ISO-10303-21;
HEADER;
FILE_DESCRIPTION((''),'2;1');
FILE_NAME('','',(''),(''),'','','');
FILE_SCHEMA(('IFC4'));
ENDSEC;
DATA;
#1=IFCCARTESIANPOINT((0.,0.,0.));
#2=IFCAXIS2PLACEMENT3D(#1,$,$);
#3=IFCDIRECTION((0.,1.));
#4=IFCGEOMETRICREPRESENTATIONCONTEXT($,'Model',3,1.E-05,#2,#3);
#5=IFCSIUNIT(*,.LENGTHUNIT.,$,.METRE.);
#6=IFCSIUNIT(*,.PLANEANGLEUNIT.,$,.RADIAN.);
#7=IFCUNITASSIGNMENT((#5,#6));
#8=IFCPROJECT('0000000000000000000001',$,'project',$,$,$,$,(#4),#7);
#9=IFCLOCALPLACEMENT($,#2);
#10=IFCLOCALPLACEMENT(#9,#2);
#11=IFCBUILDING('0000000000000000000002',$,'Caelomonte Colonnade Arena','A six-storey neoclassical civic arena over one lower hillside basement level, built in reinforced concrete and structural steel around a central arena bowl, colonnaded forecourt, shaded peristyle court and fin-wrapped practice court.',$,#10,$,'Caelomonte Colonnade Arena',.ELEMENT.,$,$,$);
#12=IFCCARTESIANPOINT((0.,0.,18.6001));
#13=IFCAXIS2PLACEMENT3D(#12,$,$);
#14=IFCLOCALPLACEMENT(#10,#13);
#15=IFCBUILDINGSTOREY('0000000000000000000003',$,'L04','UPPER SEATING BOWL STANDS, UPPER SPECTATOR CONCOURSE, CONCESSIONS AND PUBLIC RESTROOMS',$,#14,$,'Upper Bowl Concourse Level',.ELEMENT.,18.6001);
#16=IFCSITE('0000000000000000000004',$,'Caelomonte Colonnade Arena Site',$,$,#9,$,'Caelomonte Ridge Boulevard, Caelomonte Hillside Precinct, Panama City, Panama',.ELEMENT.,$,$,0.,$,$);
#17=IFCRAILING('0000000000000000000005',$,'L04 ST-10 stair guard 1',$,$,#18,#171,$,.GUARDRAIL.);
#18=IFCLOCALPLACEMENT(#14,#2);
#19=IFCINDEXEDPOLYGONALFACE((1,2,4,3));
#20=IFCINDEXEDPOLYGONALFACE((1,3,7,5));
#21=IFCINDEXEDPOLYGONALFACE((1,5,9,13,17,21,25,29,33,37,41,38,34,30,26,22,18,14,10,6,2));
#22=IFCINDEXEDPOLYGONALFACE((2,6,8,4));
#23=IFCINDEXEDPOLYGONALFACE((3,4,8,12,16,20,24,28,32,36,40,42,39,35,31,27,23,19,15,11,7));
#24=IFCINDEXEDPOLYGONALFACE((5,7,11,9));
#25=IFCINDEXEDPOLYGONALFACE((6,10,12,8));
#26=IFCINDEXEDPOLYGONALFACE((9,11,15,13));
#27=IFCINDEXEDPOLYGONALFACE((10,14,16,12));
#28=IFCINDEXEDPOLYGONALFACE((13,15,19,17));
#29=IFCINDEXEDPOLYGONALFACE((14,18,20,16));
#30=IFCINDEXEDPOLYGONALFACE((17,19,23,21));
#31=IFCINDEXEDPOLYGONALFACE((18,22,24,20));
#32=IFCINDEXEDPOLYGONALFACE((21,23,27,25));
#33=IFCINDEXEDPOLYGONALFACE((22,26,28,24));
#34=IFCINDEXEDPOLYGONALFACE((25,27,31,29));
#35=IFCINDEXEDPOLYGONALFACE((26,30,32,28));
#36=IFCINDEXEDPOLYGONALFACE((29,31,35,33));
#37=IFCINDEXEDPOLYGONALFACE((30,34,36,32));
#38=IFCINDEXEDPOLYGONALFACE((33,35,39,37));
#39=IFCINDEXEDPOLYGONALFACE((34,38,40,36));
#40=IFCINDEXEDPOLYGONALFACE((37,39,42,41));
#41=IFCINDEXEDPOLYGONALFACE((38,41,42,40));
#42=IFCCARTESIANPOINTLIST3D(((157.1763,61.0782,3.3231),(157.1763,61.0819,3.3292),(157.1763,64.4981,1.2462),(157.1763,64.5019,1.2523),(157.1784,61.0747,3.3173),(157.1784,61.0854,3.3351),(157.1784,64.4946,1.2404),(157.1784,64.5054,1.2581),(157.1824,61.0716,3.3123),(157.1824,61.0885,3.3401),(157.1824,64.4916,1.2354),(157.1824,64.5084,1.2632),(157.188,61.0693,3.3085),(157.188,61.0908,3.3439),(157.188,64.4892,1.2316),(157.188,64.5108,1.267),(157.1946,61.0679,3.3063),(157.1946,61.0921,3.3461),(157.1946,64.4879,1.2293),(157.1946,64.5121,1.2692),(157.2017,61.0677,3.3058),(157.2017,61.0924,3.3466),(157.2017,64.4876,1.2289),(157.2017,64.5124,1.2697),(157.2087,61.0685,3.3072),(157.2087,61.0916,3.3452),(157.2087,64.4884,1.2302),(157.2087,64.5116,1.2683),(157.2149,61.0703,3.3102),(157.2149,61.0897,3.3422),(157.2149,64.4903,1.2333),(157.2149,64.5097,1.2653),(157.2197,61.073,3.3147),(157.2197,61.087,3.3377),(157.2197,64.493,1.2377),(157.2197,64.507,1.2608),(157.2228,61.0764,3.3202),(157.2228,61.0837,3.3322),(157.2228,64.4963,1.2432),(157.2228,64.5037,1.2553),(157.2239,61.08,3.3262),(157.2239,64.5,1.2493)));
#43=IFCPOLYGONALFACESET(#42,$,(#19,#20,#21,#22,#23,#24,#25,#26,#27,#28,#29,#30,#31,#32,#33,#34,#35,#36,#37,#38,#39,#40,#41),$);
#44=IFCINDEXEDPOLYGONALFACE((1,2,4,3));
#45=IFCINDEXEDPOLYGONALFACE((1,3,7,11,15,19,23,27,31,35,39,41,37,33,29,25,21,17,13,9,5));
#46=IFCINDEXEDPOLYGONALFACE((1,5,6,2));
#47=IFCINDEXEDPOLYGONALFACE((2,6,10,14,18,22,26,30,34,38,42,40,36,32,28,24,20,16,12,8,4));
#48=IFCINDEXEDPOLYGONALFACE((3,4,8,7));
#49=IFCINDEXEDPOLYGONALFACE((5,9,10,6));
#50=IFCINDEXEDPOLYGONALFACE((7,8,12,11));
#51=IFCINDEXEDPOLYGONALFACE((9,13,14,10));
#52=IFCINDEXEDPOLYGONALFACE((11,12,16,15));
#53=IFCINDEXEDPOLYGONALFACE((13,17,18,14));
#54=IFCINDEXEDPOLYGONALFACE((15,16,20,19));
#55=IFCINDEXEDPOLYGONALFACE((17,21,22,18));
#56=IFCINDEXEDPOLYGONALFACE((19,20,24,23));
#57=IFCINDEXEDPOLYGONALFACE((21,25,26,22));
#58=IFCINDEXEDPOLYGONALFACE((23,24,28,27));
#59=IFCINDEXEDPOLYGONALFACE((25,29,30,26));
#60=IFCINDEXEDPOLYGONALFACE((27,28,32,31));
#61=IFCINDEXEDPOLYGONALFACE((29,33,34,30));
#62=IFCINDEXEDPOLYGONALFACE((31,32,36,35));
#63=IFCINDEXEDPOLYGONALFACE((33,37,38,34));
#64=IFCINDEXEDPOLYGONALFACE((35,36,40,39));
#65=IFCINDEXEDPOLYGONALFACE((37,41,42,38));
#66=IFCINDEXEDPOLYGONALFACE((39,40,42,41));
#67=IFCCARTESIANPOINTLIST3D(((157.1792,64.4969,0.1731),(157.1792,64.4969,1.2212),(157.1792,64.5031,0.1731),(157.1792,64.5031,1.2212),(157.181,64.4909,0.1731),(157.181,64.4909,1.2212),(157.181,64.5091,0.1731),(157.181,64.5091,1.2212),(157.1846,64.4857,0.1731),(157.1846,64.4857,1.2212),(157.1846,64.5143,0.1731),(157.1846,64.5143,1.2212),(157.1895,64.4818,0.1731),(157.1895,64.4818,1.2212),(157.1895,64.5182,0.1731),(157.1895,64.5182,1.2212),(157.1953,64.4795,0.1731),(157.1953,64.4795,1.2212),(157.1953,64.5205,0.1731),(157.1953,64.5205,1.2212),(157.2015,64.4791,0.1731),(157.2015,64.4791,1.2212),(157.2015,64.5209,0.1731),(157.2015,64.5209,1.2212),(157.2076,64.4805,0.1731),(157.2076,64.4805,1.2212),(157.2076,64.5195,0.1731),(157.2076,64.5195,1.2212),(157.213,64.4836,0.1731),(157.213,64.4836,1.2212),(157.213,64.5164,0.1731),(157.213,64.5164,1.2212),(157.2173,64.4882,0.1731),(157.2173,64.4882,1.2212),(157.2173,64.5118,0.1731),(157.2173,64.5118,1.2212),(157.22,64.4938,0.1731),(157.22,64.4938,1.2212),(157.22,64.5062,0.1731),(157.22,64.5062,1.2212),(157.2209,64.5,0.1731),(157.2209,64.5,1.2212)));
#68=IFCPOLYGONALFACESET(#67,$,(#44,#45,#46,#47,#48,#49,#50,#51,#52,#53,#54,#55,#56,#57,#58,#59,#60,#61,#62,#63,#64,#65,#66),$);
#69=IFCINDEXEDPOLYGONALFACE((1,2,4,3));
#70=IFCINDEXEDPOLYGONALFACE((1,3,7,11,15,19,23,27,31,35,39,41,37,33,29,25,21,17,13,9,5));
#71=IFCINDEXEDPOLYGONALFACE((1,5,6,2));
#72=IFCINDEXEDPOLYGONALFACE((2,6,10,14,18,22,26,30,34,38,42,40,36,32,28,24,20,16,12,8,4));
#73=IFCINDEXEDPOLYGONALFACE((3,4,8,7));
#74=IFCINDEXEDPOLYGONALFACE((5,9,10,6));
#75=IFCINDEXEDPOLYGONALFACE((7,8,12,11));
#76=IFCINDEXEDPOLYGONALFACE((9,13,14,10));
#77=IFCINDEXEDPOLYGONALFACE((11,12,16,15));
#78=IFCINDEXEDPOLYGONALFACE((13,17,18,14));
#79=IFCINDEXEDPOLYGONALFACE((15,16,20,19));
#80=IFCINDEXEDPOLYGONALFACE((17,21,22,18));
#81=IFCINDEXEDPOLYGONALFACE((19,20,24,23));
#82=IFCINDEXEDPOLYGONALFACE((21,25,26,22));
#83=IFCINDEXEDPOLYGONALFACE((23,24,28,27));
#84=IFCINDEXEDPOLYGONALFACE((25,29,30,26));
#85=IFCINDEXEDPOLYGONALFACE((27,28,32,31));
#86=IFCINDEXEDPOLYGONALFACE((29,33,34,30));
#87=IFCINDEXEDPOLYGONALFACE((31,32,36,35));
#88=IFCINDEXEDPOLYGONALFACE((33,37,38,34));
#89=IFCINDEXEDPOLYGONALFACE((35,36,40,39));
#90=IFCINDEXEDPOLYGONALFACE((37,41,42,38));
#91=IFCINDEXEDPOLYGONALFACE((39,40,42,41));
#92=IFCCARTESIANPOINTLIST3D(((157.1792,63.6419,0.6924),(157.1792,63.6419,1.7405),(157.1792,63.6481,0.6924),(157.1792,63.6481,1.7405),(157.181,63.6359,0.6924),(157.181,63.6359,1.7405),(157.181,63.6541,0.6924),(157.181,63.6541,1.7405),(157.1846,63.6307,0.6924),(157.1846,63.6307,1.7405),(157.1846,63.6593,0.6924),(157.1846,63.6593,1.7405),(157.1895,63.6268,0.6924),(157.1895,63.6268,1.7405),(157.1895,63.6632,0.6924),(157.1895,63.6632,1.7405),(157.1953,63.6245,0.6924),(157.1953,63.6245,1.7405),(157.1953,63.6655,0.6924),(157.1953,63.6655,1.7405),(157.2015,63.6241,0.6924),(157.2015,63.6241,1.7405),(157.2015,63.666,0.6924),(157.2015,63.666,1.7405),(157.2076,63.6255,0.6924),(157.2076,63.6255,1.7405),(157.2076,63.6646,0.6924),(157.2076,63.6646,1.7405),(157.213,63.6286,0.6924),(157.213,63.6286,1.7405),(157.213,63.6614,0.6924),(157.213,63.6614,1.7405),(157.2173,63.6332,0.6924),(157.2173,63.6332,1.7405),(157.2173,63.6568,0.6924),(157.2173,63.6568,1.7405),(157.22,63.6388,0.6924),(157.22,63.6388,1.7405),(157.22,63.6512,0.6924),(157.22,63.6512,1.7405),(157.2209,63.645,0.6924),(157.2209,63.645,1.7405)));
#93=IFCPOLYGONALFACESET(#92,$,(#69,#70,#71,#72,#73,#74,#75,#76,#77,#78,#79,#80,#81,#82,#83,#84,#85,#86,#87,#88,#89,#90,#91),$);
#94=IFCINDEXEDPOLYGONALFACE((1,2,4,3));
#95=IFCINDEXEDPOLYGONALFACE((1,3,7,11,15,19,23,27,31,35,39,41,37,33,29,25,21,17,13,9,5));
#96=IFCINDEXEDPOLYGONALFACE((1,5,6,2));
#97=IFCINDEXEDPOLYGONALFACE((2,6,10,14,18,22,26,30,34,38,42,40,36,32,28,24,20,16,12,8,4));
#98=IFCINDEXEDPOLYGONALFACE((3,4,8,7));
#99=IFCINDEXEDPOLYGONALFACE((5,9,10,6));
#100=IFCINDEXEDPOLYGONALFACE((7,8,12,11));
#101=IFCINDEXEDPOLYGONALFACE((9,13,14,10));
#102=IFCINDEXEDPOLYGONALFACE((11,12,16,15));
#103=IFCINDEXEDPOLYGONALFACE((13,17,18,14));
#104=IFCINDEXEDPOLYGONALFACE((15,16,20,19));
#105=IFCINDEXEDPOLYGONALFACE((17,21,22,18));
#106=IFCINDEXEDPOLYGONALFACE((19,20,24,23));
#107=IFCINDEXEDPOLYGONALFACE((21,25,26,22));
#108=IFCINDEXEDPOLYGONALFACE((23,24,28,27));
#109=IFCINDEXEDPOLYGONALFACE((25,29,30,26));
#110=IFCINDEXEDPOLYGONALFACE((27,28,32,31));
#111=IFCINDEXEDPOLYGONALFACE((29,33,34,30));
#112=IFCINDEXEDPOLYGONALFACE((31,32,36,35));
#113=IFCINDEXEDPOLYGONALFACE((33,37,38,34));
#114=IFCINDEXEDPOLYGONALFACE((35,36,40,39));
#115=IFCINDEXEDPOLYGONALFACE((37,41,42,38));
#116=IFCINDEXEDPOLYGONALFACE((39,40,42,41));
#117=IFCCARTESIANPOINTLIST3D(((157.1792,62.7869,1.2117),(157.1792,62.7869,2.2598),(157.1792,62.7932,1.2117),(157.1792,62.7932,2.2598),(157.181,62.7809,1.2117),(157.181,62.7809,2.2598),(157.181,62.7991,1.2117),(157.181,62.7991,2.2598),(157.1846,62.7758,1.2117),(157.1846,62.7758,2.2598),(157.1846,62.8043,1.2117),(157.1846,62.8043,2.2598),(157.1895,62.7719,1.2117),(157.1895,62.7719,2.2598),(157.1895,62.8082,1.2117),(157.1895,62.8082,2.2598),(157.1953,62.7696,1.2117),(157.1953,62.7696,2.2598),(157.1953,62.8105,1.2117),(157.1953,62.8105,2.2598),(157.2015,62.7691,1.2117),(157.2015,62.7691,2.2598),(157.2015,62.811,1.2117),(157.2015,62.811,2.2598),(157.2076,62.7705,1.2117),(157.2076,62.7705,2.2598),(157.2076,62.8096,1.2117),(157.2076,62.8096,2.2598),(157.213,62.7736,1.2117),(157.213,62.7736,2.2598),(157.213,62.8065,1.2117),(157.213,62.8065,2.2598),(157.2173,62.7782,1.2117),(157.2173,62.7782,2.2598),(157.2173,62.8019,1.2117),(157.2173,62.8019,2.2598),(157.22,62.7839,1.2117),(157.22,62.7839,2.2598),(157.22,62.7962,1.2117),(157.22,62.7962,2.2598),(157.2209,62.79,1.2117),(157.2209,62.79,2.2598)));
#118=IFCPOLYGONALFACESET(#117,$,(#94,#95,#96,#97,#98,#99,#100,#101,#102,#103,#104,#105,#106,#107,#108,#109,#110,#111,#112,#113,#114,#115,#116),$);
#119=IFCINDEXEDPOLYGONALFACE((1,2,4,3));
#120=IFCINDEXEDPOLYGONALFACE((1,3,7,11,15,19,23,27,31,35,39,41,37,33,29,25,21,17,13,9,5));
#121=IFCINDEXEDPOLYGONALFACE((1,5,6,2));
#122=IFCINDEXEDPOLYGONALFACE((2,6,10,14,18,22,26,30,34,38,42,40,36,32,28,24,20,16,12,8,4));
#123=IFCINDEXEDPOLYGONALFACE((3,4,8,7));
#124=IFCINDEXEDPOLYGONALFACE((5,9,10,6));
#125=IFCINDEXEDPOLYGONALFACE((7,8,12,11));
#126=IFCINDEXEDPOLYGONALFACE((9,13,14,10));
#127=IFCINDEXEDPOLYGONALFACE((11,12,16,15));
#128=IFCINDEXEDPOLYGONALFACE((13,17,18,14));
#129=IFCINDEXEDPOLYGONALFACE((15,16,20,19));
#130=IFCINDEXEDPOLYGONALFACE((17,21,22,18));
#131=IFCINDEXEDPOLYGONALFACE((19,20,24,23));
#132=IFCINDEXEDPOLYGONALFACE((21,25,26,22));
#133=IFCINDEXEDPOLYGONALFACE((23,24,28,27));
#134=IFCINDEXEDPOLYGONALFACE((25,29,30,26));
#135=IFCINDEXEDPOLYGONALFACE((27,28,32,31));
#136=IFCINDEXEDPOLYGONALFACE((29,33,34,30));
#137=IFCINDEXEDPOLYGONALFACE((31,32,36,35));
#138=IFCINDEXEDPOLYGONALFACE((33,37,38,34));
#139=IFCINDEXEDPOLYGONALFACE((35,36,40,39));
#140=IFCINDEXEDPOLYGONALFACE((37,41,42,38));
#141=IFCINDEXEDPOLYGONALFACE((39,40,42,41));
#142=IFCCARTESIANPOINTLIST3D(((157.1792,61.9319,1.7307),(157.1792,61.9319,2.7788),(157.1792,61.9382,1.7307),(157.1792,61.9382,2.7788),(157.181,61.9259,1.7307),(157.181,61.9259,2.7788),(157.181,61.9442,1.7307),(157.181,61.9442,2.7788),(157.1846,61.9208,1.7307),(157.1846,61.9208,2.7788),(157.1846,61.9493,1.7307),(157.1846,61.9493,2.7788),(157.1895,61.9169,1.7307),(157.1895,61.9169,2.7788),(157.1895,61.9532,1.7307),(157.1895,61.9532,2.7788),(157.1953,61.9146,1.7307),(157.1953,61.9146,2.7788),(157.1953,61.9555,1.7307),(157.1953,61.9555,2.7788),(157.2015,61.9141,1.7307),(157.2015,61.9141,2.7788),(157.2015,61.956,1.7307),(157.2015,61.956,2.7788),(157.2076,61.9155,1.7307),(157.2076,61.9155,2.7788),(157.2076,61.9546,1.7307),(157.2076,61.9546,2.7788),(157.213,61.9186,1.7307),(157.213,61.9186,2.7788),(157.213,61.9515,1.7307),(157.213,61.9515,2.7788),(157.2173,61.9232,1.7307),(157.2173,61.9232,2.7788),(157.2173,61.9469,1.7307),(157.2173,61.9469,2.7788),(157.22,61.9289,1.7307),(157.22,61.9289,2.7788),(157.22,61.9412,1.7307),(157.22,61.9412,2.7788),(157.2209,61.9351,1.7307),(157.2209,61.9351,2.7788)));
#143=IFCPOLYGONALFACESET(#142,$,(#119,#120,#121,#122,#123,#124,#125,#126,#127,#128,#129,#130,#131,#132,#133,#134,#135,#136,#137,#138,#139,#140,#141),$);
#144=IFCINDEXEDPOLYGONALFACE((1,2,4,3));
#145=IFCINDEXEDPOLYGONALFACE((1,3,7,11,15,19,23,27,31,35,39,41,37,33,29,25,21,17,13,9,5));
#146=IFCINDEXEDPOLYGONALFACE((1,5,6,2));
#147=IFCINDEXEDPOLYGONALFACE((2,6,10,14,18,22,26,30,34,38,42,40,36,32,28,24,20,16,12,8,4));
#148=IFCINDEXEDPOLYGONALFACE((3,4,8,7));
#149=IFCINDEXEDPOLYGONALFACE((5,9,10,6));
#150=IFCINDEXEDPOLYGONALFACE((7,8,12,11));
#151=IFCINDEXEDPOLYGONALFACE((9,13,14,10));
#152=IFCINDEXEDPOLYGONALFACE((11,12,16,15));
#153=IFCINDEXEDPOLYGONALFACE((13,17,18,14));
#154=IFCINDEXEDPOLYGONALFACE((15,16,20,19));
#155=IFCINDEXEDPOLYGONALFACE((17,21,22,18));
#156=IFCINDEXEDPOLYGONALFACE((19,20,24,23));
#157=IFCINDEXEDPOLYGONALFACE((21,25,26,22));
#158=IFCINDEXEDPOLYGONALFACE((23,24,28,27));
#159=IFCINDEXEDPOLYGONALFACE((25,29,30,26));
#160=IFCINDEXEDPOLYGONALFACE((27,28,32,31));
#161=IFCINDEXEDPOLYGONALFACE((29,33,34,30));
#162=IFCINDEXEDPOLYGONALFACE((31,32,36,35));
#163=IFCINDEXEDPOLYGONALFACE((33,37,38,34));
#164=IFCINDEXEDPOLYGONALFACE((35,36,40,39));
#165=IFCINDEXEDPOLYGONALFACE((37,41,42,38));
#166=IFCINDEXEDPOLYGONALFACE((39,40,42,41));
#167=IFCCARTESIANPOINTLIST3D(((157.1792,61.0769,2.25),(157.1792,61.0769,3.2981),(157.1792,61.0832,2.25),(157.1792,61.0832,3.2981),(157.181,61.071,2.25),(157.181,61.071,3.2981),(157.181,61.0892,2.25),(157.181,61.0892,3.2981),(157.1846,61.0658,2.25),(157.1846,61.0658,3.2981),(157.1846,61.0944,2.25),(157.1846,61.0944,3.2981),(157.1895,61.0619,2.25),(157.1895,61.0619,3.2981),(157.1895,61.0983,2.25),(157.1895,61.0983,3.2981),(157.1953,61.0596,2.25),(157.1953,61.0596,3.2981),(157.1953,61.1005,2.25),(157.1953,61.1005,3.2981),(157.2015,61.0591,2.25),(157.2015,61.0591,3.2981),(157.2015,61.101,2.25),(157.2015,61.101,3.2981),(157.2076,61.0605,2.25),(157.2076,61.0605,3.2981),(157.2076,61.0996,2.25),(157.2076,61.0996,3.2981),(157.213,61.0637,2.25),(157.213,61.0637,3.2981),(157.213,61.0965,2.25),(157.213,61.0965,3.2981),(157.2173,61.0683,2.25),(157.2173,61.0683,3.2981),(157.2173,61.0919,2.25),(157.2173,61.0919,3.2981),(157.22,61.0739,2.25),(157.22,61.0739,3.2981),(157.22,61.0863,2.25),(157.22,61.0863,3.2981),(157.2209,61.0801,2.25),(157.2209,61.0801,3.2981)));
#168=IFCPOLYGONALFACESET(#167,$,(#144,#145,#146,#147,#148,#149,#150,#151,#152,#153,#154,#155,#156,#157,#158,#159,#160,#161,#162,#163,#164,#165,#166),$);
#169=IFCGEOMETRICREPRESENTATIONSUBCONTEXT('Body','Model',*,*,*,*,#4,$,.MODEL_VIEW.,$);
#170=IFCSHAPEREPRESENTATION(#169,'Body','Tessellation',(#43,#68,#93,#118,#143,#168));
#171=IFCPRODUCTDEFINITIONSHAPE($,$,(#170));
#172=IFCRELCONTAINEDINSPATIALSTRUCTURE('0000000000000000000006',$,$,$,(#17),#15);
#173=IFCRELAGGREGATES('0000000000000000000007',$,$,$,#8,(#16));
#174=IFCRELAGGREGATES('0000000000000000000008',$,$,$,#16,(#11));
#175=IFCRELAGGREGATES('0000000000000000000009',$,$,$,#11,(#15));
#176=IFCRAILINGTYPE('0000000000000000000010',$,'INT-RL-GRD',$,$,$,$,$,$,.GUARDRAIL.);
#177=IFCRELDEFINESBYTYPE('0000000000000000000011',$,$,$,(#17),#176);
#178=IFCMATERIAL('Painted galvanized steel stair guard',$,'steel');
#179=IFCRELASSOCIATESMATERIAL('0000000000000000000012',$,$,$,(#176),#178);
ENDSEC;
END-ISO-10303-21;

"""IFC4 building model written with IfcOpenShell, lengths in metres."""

from ifc_helpers import new_model, si_unit, direction, frame, origin, origin_2d, place, context, subcontext, project, spatial, circle, extrude, material, type_object, element, save


model = new_model("IFC4")

# Units and contexts
model_context = context("Model", 3, precision=1e-05, world=origin(), true_north=direction((0.0, 1.0)))
body_context = subcontext(model_context, "Body", "Model", "MODEL_VIEW")
ifc_project = project(units=[si_unit("LENGTHUNIT", "METRE"), si_unit("PLANEANGLEUNIT", "RADIAN")], contexts=[model_context])

# Site, building, storey
site_placement = place(None, origin())
site = spatial("IfcSite", under=ifc_project, at=site_placement, Name="Caelomonte Colonnade Arena Site", LongName="Caelomonte Ridge Boulevard, Caelomonte Hillside Precinct, Panama City, Panama", CompositionType="ELEMENT", RefElevation=0.0)
building_placement = place(site_placement, origin())
building = spatial("IfcBuilding", under=site, at=building_placement, Name="Caelomonte Colonnade Arena", Description="A six-storey neoclassical civic arena over one lower hillside basement level, built in reinforced concrete and structural steel around a central arena bowl, colonnaded forecourt, shaded peristyle court and fin-wrapped practice court.", LongName="Caelomonte Colonnade Arena", CompositionType="ELEMENT")
storey_placement = place(building_placement, frame((0.0, 0.0, 18.6001)))
storey = spatial("IfcBuildingStorey", under=building, at=storey_placement, Name="L04", Description="UPPER SEATING BOWL STANDS, UPPER SPECTATOR CONCOURSE, CONCESSIONS AND PUBLIC RESTROOMS", LongName="Upper Bowl Concourse Level", CompositionType="ELEMENT", Elevation=18.6001)

# Railing
ifc_material_1 = material(Name="Painted galvanized steel stair guard", Category="steel")
railing_type_1 = type_object("IfcRailingType", Name="INT-RL-GRD", PredefinedType="GUARDRAIL", material=ifc_material_1)
railing_1_placement = place(storey_placement, frame((157.2, 64.5, 0.1731)))
element("IfcRailing", 1, at=railing_1_placement, inside=storey, type_object=railing_type_1, Name="L04 ST-10 stair guard 1", PredefinedType="GUARDRAIL", context=body_context, shape_type="SweptSolid", body=[
    extrude(circle(Radius=0.0239, at=origin_2d()), frame((0.0, 0.0, 1.0762), z_axis=(0.0, -0.85473, 0.519074), x_axis=(1.0, 0.0, 0.0)), (0.0, 0.0, 1.0), 4.0012),
    extrude(circle(Radius=0.021, at=origin_2d()), origin(), (0.0, 0.0, 1.0), 1.0481),
    extrude(circle(Radius=0.021, at=origin_2d()), frame((0.0, -0.855, 0.5193)), (0.0, 0.0, 1.0), 1.0481),
    extrude(circle(Radius=0.021, at=origin_2d()), frame((0.0, -1.71, 1.0386)), (0.0, 0.0, 1.0), 1.0481),
    extrude(circle(Radius=0.021, at=origin_2d()), frame((0.0, -2.5649, 1.5576)), (0.0, 0.0, 1.0), 1.0481),
    extrude(circle(Radius=0.021, at=origin_2d()), frame((0.0, -3.4199, 2.0769)), (0.0, 0.0, 1.0), 1.0481),
])

save(model, "model.ifc")
